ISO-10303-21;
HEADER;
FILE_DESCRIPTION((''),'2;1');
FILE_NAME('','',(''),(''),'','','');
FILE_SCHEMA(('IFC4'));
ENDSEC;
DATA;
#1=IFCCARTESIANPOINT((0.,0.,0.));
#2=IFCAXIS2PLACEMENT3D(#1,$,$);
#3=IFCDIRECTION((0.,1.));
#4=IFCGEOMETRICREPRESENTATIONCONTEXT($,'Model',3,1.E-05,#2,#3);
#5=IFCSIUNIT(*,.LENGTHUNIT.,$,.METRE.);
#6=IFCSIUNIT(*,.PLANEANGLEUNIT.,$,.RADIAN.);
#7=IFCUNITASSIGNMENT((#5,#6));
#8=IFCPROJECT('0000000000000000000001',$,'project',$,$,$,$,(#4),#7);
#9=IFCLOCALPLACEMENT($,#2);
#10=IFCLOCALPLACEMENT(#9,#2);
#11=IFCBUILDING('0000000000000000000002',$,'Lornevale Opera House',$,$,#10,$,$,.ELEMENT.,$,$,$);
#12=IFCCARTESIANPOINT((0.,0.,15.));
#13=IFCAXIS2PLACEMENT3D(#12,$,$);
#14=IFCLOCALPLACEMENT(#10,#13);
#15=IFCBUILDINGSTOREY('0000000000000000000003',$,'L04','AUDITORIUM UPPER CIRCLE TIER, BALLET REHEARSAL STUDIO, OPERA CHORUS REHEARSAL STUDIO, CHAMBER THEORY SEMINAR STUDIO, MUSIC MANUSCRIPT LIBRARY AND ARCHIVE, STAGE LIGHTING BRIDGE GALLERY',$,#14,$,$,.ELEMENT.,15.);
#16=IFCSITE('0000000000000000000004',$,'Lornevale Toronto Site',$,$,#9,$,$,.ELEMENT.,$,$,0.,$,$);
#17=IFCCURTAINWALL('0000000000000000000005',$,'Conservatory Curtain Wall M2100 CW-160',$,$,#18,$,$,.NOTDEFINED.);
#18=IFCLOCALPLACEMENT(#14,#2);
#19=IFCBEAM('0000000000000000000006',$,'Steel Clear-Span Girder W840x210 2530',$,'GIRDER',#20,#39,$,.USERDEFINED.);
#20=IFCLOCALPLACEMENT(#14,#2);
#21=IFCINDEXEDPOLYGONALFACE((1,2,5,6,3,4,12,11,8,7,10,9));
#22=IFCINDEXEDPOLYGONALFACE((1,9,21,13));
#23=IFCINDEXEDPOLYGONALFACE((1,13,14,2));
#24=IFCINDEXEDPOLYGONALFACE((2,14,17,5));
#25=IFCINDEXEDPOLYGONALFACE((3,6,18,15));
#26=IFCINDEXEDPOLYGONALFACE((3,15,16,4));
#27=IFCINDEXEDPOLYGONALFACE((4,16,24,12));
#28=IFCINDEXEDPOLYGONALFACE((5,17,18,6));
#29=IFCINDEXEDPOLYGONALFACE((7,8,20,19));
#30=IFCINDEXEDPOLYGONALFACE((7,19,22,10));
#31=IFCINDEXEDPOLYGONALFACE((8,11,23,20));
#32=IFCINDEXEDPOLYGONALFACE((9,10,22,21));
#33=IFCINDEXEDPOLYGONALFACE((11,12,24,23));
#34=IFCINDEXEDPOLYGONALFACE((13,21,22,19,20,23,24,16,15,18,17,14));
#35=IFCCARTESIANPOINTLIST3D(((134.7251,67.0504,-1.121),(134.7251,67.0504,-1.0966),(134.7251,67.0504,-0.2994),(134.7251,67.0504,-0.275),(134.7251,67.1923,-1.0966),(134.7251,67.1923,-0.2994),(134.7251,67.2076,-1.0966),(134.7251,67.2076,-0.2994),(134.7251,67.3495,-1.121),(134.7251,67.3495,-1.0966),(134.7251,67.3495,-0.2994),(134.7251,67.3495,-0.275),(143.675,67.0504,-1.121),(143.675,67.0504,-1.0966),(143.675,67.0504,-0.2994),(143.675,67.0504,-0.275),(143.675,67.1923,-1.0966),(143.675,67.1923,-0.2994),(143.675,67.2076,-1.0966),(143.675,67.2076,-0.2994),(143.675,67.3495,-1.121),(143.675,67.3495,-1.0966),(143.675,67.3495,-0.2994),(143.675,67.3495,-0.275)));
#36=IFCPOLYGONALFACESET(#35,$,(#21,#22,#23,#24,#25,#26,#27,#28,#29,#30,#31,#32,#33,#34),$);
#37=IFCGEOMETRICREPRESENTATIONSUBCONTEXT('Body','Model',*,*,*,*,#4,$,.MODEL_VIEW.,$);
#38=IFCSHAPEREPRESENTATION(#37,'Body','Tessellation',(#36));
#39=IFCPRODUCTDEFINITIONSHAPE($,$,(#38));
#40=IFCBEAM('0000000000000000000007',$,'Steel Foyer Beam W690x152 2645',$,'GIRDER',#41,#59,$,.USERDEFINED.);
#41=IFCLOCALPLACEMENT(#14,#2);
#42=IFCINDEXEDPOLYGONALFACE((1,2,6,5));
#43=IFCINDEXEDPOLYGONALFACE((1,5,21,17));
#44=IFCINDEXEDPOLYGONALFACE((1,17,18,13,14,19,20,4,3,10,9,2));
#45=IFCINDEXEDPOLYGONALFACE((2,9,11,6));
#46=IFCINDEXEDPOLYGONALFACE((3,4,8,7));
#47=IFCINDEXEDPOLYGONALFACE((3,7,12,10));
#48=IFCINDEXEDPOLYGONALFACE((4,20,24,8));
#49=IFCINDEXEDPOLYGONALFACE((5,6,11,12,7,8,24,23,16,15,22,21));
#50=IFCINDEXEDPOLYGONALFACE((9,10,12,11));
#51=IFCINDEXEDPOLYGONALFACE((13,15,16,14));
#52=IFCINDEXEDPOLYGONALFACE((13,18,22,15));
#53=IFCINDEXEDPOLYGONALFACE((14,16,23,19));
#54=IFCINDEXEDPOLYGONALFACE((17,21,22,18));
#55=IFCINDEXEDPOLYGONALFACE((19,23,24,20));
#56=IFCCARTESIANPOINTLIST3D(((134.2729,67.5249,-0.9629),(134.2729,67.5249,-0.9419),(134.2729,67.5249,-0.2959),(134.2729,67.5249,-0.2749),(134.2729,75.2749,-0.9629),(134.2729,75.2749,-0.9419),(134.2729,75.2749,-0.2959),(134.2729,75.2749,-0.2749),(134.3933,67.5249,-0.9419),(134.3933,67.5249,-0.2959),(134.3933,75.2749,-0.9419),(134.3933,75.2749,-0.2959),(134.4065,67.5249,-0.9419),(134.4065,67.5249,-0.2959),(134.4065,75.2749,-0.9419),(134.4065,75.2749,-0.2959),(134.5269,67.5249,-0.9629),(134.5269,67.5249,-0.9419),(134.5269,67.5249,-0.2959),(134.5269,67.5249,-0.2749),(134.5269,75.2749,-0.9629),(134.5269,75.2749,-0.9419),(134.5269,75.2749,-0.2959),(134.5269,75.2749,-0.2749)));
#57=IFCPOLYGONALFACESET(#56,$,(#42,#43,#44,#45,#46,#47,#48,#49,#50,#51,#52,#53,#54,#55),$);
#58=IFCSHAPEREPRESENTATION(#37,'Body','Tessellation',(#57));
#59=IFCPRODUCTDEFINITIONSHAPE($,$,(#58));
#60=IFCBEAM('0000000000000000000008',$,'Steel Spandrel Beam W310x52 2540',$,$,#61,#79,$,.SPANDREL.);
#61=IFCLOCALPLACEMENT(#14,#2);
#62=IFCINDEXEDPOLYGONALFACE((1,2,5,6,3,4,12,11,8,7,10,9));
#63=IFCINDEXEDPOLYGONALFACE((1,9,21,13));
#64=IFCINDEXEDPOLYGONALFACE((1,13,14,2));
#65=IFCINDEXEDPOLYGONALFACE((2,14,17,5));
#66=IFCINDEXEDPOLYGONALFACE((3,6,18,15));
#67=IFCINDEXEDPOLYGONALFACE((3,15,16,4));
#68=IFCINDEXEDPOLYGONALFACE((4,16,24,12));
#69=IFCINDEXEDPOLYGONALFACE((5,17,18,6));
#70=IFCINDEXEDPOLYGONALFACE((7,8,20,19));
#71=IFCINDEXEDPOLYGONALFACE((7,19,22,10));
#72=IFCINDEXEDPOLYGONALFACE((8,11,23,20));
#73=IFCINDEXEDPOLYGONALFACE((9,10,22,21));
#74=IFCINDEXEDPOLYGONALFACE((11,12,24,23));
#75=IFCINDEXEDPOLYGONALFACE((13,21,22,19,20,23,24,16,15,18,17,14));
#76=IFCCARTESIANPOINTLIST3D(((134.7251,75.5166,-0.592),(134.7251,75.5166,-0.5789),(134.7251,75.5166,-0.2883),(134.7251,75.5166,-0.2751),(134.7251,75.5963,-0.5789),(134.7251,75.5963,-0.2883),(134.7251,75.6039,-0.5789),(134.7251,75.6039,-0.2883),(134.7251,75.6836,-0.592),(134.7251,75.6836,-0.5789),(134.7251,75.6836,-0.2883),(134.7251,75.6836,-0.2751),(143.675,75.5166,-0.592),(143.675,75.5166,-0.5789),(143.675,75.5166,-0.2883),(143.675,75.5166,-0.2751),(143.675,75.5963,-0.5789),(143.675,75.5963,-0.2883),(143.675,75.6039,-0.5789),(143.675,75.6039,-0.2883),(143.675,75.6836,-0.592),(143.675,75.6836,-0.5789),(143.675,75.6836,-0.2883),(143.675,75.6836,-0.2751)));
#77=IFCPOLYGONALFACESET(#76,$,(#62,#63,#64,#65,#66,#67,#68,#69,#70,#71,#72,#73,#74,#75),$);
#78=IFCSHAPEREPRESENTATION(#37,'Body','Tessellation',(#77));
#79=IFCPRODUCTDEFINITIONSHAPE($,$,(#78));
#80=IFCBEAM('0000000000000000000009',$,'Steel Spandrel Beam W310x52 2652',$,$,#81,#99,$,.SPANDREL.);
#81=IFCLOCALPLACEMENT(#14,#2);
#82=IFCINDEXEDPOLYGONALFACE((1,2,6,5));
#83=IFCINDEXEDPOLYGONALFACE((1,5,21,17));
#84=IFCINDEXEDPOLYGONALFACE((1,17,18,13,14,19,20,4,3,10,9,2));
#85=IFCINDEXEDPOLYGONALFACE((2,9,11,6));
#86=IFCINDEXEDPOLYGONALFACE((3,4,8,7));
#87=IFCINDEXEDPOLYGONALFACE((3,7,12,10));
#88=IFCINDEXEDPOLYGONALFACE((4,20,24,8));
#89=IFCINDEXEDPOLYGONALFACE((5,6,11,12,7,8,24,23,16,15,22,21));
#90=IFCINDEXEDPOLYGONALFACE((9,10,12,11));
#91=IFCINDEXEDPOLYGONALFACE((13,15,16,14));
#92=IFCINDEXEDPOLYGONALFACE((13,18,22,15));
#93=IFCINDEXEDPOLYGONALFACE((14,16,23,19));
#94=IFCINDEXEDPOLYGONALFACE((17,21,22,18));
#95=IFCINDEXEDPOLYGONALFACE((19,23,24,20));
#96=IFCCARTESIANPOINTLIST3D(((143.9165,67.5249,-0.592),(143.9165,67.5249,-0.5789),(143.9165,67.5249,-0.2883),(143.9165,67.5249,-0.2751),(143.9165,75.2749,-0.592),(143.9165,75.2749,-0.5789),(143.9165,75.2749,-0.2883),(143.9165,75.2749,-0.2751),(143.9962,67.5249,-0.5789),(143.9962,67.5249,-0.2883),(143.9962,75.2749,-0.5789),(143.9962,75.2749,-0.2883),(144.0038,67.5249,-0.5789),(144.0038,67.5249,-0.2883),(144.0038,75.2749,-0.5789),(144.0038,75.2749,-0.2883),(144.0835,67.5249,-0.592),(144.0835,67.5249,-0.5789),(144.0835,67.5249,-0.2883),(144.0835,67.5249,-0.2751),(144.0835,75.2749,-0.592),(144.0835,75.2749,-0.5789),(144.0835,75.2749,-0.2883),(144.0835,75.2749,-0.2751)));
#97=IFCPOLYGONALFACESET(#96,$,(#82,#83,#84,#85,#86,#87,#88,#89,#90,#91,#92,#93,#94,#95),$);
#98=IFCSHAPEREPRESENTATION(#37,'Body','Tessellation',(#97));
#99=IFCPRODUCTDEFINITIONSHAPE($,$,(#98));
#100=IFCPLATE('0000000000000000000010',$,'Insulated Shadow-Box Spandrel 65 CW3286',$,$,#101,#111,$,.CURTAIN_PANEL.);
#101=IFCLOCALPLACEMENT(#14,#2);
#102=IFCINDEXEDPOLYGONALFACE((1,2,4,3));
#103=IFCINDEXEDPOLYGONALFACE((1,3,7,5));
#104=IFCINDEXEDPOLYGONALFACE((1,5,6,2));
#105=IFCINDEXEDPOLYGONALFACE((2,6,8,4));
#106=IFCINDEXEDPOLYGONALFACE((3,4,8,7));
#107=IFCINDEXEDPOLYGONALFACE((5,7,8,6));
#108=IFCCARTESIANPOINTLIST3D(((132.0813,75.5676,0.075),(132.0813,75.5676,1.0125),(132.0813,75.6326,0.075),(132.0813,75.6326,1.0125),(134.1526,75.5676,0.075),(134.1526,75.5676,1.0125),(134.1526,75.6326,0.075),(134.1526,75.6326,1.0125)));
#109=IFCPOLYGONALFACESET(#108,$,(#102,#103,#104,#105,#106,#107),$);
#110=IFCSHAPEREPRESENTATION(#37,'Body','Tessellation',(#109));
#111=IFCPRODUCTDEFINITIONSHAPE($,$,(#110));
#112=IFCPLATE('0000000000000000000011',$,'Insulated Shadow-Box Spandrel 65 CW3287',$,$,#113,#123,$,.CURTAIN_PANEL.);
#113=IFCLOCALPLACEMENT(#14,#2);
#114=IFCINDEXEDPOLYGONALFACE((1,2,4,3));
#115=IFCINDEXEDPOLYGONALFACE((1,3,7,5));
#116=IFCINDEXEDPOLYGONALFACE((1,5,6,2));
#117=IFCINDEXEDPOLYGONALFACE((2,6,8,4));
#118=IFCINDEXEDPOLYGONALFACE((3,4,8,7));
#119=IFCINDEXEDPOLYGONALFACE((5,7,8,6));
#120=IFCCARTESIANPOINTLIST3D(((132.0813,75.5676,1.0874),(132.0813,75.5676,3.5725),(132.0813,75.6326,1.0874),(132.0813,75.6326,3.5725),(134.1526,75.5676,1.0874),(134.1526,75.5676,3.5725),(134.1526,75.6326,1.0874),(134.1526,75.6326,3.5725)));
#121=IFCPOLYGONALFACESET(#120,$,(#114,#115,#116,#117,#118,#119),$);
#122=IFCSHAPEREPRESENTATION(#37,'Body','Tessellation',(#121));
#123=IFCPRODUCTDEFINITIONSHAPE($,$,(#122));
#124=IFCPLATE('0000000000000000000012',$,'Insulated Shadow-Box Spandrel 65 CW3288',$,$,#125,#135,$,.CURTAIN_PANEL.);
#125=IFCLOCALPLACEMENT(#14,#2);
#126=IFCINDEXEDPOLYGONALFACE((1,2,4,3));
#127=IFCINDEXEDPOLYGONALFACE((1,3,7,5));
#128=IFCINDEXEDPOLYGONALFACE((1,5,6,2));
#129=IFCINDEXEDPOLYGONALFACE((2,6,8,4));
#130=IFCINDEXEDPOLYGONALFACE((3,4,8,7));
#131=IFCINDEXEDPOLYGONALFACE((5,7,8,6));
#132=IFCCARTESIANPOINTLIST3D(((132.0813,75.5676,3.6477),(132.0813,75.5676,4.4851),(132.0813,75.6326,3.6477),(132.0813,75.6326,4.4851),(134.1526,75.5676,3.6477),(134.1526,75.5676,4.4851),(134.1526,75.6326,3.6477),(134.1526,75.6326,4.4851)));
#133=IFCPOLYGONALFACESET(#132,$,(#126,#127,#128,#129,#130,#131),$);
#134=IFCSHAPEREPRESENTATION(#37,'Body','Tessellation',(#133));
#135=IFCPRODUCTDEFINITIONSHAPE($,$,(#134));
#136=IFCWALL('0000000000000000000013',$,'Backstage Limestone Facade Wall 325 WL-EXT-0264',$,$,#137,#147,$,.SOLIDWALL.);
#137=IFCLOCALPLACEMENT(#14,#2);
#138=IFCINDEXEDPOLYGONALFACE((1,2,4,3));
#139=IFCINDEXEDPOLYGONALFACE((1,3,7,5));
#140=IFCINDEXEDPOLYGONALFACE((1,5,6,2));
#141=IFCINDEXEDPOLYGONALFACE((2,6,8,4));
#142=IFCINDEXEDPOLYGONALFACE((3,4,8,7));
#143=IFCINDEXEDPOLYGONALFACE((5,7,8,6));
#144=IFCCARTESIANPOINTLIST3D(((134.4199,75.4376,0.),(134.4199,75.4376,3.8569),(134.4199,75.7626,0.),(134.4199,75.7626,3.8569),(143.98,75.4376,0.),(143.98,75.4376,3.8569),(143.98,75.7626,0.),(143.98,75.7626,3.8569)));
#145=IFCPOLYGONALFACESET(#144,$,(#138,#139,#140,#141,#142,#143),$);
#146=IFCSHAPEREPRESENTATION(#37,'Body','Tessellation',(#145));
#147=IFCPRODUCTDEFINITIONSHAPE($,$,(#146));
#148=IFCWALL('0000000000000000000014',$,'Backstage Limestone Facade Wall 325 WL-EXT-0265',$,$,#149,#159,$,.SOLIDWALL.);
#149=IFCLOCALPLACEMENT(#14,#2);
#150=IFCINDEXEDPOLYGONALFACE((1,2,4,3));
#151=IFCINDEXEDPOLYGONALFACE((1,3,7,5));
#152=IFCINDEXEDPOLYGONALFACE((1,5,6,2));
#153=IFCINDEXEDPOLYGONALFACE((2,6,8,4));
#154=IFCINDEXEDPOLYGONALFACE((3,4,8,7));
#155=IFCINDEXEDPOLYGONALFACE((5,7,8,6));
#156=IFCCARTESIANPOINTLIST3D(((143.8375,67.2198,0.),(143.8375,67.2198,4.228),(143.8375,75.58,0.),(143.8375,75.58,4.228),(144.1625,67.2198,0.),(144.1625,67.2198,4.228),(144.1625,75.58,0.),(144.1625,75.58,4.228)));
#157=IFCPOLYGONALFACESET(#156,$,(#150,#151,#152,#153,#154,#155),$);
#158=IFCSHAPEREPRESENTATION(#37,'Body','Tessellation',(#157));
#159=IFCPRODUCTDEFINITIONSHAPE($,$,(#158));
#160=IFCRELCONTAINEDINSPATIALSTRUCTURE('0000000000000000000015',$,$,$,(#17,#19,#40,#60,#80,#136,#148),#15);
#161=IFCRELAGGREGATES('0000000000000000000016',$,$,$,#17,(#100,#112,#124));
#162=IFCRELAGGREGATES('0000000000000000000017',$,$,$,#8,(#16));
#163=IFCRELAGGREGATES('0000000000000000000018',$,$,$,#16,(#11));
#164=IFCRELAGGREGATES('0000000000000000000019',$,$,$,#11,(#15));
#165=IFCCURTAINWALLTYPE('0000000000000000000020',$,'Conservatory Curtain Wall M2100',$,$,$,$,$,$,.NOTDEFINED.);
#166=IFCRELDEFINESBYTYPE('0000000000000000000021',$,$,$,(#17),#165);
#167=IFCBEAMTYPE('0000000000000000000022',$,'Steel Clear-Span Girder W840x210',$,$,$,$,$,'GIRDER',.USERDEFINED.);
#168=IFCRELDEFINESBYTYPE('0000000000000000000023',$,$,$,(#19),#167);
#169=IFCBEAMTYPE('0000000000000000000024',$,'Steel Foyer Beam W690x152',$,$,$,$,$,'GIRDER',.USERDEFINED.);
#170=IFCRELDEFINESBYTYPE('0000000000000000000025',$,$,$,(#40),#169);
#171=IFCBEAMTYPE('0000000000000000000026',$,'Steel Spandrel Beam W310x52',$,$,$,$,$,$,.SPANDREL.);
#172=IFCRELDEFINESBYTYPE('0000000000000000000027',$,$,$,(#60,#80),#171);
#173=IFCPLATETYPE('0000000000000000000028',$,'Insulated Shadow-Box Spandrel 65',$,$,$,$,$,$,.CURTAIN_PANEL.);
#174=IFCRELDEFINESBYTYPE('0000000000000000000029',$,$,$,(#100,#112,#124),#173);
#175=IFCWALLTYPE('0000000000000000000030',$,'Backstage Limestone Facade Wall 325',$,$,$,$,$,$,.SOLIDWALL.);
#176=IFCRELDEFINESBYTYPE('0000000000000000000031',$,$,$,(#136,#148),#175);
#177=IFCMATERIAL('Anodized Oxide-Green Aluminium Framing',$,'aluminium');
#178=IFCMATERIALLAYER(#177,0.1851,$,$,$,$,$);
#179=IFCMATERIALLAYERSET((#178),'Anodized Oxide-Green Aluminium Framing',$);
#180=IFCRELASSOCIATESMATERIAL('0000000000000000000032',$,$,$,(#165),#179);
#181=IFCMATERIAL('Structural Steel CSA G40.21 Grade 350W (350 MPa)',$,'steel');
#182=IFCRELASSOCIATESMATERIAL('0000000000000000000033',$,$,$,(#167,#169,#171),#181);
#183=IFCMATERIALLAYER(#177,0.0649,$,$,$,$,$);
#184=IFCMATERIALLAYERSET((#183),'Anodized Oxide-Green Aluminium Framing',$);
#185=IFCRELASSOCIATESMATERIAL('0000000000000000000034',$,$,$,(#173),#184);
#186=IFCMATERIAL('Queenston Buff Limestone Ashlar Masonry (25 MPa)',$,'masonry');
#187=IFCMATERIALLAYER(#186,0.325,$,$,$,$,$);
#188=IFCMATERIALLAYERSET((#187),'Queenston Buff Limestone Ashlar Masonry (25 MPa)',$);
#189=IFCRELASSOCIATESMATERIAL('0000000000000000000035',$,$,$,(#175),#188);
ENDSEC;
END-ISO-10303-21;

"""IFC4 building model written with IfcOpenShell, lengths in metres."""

from ifc_helpers import new_model, si_unit, direction, frame, frame_2d, origin, origin_2d, place, context, subcontext, project, spatial, rectangle, i_section, extrude, material, layer, layer_set, material_profile, profile_set, type_object, element, aggregate, save


model = new_model("IFC4")

# Units and contexts
model_context = context("Model", 3, precision=1e-05, world=origin(), true_north=direction((0.0, 1.0)))
body_context = subcontext(model_context, "Body", "Model", "MODEL_VIEW")
ifc_project = project(units=[si_unit("LENGTHUNIT", "METRE"), si_unit("PLANEANGLEUNIT", "RADIAN")], contexts=[model_context])

# Site, building, storey
site_placement = place(None, origin())
site = spatial("IfcSite", under=ifc_project, at=site_placement, Name="Lornevale Toronto Site", CompositionType="ELEMENT", RefElevation=0.0)
building_placement = place(site_placement, origin())
building = spatial("IfcBuilding", under=site, at=building_placement, Name="Lornevale Opera House", CompositionType="ELEMENT")
storey_placement = place(building_placement, frame((0.0, 0.0, 15.0)))
storey = spatial("IfcBuildingStorey", under=building, at=storey_placement, Name="L04", Description="AUDITORIUM UPPER CIRCLE TIER, BALLET REHEARSAL STUDIO, OPERA CHORUS REHEARSAL STUDIO, CHAMBER THEORY SEMINAR STUDIO, MUSIC MANUSCRIPT LIBRARY AND ARCHIVE, STAGE LIGHTING BRIDGE GALLERY", CompositionType="ELEMENT", Elevation=15.0)

# Shared definitions
ifc_material_1 = material(Name="Structural Steel CSA G40.21 Grade 350W (350 MPa)", Category="steel")

# Curtain wall
ifc_material_2 = material(Name="Anodized Oxide-Green Aluminium Framing", Category="aluminium")
ifc_layer_1 = layer(ifc_material_2, 0.1851)
ifc_layer_set_1 = layer_set([ifc_layer_1], Name="Anodized Oxide-Green Aluminium Framing")
curtain_wall_type = type_object("IfcCurtainWallType", Name="Conservatory Curtain Wall M2100", PredefinedType="NOTDEFINED", material=ifc_layer_set_1)
curtain_wall_placement = place(storey_placement, origin())
curtain_wall = element("IfcCurtainWall", 1, at=curtain_wall_placement, inside=storey, type_object=curtain_wall_type, Name="Conservatory Curtain Wall M2100 CW-160", PredefinedType="NOTDEFINED")

# Beams
ifc_material_profile_1 = material_profile(ifc_material_1, i_section(OverallWidth=0.2991, OverallDepth=0.8459, WebThickness=0.0154, FlangeThickness=0.0244, at=origin_2d()), Name="W840x210")
ifc_profile_set_1 = profile_set([ifc_material_profile_1], Name="Structural Steel CSA G40.21 Grade 350W (350 MPa)")
beam_type_1 = type_object("IfcBeamType", Name="Steel Clear-Span Girder W840x210", ElementType="GIRDER", PredefinedType="USERDEFINED", material=ifc_profile_set_1)
beam_1_placement = place(storey_placement, frame((134.7251, 67.2, -0.698), z_axis=(1.0, 0.0, 0.0), x_axis=(0.0, 1.0, 0.0)))
element("IfcBeam", 2, at=beam_1_placement, inside=storey, type_object=beam_type_1, Name="Steel Clear-Span Girder W840x210 2530", ObjectType="GIRDER", PredefinedType="USERDEFINED", context=body_context, shape_type="SweptSolid", body=[
    extrude(i_section(OverallWidth=0.2991, OverallDepth=0.8459, WebThickness=0.0154, FlangeThickness=0.0244, at=origin_2d()), origin(), (0.0, 0.0, 1.0), 8.95),
])
ifc_material_profile_2 = material_profile(ifc_material_1, i_section(OverallWidth=0.2539, OverallDepth=0.688, WebThickness=0.0132, FlangeThickness=0.021, at=origin_2d()), Name="W690x152")
ifc_profile_set_2 = profile_set([ifc_material_profile_2], Name="Structural Steel CSA G40.21 Grade 350W (350 MPa)")
beam_type_2 = type_object("IfcBeamType", Name="Steel Foyer Beam W690x152", ElementType="GIRDER", PredefinedType="USERDEFINED", material=ifc_profile_set_2)
beam_2_placement = place(storey_placement, frame((134.3999, 67.5249, -0.6189), z_axis=(0.0, 1.0, 0.0), x_axis=(-1.0, 0.0, 0.0)))
element("IfcBeam", 3, at=beam_2_placement, inside=storey, type_object=beam_type_2, Name="Steel Foyer Beam W690x152 2645", ObjectType="GIRDER", PredefinedType="USERDEFINED", context=body_context, shape_type="SweptSolid", body=[
    extrude(i_section(OverallWidth=0.2539, OverallDepth=0.688, WebThickness=0.0132, FlangeThickness=0.021, at=origin_2d()), origin(), (0.0, 0.0, 1.0), 7.75),
])
ifc_material_profile_3 = material_profile(ifc_material_1, i_section(OverallWidth=0.167, OverallDepth=0.3169, WebThickness=0.0076, FlangeThickness=0.0132, at=origin_2d()), Name="W310x52")
ifc_profile_set_3 = profile_set([ifc_material_profile_3], Name="Structural Steel CSA G40.21 Grade 350W (350 MPa)")
beam_type_3 = type_object("IfcBeamType", Name="Steel Spandrel Beam W310x52", PredefinedType="SPANDREL", material=ifc_profile_set_3)
beam_3_placement = place(storey_placement, frame((134.7251, 75.6001, -0.4336), z_axis=(1.0, 0.0, 0.0), x_axis=(0.0, 1.0, 0.0)))
element("IfcBeam", 4, at=beam_3_placement, inside=storey, type_object=beam_type_3, Name="Steel Spandrel Beam W310x52 2540", PredefinedType="SPANDREL", context=body_context, shape_type="SweptSolid", body=[
    extrude(i_section(OverallWidth=0.167, OverallDepth=0.3169, WebThickness=0.0076, FlangeThickness=0.0132, at=origin_2d()), origin(), (0.0, 0.0, 1.0), 8.95),
])
beam_4_placement = place(storey_placement, frame((144.0, 67.5249, -0.4336), z_axis=(0.0, 1.0, 0.0), x_axis=(-1.0, 0.0, 0.0)))
element("IfcBeam", 5, at=beam_4_placement, inside=storey, type_object=beam_type_3, Name="Steel Spandrel Beam W310x52 2652", PredefinedType="SPANDREL", context=body_context, shape_type="SweptSolid", body=[
    extrude(i_section(OverallWidth=0.167, OverallDepth=0.3169, WebThickness=0.0076, FlangeThickness=0.0132, at=origin_2d()), origin(), (0.0, 0.0, 1.0), 7.75),
])

# Plates
ifc_layer_2 = layer(ifc_material_2, 0.0649)
ifc_layer_set_2 = layer_set([ifc_layer_2], Name="Anodized Oxide-Green Aluminium Framing")
plate_type = type_object("IfcPlateType", Name="Insulated Shadow-Box Spandrel 65", PredefinedType="CURTAIN_PANEL", material=ifc_layer_set_2)
plate_1_placement = place(storey_placement, frame((133.1169, 75.6001, 0.075), z_axis=(0.0, 0.0, 1.0), x_axis=(1.0, 0.0, 0.0)))
plate_1 = element("IfcPlate", 6, at=plate_1_placement, type_object=plate_type, Name="Insulated Shadow-Box Spandrel 65 CW3286", PredefinedType="CURTAIN_PANEL", context=body_context, shape_type="SweptSolid", body=[
    extrude(rectangle(XDim=2.0713, YDim=0.0649, at=origin_2d()), origin(), (0.0, 0.0, 1.0), 0.9375),
])
plate_2_placement = place(storey_placement, frame((133.1169, 75.6001, 1.0874), z_axis=(0.0, 0.0, 1.0), x_axis=(1.0, 0.0, 0.0)))
plate_2 = element("IfcPlate", 7, at=plate_2_placement, type_object=plate_type, Name="Insulated Shadow-Box Spandrel 65 CW3287", PredefinedType="CURTAIN_PANEL", context=body_context, shape_type="SweptSolid", body=[
    extrude(rectangle(XDim=2.0713, YDim=0.0649, at=origin_2d()), origin(), (0.0, 0.0, 1.0), 2.4851),
])
plate_3_placement = place(storey_placement, frame((133.1169, 75.6001, 3.6477), z_axis=(0.0, 0.0, 1.0), x_axis=(1.0, 0.0, 0.0)))
plate_3 = element("IfcPlate", 8, at=plate_3_placement, type_object=plate_type, Name="Insulated Shadow-Box Spandrel 65 CW3288", PredefinedType="CURTAIN_PANEL", context=body_context, shape_type="SweptSolid", body=[
    extrude(rectangle(XDim=2.0713, YDim=0.0649, at=origin_2d()), origin(), (0.0, 0.0, 1.0), 0.8374),
])
aggregate(curtain_wall, [plate_1, plate_2, plate_3])

# Walls
ifc_material_3 = material(Name="Queenston Buff Limestone Ashlar Masonry (25 MPa)", Category="masonry")
ifc_layer_3 = layer(ifc_material_3, 0.325)
ifc_layer_set_3 = layer_set([ifc_layer_3], Name="Queenston Buff Limestone Ashlar Masonry (25 MPa)")
wall_type_1 = type_object("IfcWallType", Name="Backstage Limestone Facade Wall 325", PredefinedType="SOLIDWALL", material=ifc_layer_set_3)
wall_1_placement = place(storey_placement, frame((134.4199, 75.6001, 0.0), z_axis=(0.0, 0.0, 1.0), x_axis=(1.0, 0.0, 0.0)))
element("IfcWall", 9, at=wall_1_placement, inside=storey, type_object=wall_type_1, Name="Backstage Limestone Facade Wall 325 WL-EXT-0264", PredefinedType="SOLIDWALL", context=body_context, shape_type="SweptSolid", body=[
    extrude(rectangle(XDim=9.5601, YDim=0.325, at=frame_2d((4.78, 0.0))), origin(), (0.0, 0.0, 1.0), 3.8569),
])
wall_2_placement = place(storey_placement, frame((144.0, 75.5801, 0.0), z_axis=(0.0, 0.0, 1.0), x_axis=(0.0, -1.0, 0.0)))
element("IfcWall", 10, at=wall_2_placement, inside=storey, type_object=wall_type_1, Name="Backstage Limestone Facade Wall 325 WL-EXT-0265", PredefinedType="SOLIDWALL", context=body_context, shape_type="SweptSolid", body=[
    extrude(rectangle(XDim=8.3601, YDim=0.325, at=frame_2d((4.1802, 0.0))), origin(), (0.0, 0.0, 1.0), 4.228),
])

save(model, "model.ifc")
